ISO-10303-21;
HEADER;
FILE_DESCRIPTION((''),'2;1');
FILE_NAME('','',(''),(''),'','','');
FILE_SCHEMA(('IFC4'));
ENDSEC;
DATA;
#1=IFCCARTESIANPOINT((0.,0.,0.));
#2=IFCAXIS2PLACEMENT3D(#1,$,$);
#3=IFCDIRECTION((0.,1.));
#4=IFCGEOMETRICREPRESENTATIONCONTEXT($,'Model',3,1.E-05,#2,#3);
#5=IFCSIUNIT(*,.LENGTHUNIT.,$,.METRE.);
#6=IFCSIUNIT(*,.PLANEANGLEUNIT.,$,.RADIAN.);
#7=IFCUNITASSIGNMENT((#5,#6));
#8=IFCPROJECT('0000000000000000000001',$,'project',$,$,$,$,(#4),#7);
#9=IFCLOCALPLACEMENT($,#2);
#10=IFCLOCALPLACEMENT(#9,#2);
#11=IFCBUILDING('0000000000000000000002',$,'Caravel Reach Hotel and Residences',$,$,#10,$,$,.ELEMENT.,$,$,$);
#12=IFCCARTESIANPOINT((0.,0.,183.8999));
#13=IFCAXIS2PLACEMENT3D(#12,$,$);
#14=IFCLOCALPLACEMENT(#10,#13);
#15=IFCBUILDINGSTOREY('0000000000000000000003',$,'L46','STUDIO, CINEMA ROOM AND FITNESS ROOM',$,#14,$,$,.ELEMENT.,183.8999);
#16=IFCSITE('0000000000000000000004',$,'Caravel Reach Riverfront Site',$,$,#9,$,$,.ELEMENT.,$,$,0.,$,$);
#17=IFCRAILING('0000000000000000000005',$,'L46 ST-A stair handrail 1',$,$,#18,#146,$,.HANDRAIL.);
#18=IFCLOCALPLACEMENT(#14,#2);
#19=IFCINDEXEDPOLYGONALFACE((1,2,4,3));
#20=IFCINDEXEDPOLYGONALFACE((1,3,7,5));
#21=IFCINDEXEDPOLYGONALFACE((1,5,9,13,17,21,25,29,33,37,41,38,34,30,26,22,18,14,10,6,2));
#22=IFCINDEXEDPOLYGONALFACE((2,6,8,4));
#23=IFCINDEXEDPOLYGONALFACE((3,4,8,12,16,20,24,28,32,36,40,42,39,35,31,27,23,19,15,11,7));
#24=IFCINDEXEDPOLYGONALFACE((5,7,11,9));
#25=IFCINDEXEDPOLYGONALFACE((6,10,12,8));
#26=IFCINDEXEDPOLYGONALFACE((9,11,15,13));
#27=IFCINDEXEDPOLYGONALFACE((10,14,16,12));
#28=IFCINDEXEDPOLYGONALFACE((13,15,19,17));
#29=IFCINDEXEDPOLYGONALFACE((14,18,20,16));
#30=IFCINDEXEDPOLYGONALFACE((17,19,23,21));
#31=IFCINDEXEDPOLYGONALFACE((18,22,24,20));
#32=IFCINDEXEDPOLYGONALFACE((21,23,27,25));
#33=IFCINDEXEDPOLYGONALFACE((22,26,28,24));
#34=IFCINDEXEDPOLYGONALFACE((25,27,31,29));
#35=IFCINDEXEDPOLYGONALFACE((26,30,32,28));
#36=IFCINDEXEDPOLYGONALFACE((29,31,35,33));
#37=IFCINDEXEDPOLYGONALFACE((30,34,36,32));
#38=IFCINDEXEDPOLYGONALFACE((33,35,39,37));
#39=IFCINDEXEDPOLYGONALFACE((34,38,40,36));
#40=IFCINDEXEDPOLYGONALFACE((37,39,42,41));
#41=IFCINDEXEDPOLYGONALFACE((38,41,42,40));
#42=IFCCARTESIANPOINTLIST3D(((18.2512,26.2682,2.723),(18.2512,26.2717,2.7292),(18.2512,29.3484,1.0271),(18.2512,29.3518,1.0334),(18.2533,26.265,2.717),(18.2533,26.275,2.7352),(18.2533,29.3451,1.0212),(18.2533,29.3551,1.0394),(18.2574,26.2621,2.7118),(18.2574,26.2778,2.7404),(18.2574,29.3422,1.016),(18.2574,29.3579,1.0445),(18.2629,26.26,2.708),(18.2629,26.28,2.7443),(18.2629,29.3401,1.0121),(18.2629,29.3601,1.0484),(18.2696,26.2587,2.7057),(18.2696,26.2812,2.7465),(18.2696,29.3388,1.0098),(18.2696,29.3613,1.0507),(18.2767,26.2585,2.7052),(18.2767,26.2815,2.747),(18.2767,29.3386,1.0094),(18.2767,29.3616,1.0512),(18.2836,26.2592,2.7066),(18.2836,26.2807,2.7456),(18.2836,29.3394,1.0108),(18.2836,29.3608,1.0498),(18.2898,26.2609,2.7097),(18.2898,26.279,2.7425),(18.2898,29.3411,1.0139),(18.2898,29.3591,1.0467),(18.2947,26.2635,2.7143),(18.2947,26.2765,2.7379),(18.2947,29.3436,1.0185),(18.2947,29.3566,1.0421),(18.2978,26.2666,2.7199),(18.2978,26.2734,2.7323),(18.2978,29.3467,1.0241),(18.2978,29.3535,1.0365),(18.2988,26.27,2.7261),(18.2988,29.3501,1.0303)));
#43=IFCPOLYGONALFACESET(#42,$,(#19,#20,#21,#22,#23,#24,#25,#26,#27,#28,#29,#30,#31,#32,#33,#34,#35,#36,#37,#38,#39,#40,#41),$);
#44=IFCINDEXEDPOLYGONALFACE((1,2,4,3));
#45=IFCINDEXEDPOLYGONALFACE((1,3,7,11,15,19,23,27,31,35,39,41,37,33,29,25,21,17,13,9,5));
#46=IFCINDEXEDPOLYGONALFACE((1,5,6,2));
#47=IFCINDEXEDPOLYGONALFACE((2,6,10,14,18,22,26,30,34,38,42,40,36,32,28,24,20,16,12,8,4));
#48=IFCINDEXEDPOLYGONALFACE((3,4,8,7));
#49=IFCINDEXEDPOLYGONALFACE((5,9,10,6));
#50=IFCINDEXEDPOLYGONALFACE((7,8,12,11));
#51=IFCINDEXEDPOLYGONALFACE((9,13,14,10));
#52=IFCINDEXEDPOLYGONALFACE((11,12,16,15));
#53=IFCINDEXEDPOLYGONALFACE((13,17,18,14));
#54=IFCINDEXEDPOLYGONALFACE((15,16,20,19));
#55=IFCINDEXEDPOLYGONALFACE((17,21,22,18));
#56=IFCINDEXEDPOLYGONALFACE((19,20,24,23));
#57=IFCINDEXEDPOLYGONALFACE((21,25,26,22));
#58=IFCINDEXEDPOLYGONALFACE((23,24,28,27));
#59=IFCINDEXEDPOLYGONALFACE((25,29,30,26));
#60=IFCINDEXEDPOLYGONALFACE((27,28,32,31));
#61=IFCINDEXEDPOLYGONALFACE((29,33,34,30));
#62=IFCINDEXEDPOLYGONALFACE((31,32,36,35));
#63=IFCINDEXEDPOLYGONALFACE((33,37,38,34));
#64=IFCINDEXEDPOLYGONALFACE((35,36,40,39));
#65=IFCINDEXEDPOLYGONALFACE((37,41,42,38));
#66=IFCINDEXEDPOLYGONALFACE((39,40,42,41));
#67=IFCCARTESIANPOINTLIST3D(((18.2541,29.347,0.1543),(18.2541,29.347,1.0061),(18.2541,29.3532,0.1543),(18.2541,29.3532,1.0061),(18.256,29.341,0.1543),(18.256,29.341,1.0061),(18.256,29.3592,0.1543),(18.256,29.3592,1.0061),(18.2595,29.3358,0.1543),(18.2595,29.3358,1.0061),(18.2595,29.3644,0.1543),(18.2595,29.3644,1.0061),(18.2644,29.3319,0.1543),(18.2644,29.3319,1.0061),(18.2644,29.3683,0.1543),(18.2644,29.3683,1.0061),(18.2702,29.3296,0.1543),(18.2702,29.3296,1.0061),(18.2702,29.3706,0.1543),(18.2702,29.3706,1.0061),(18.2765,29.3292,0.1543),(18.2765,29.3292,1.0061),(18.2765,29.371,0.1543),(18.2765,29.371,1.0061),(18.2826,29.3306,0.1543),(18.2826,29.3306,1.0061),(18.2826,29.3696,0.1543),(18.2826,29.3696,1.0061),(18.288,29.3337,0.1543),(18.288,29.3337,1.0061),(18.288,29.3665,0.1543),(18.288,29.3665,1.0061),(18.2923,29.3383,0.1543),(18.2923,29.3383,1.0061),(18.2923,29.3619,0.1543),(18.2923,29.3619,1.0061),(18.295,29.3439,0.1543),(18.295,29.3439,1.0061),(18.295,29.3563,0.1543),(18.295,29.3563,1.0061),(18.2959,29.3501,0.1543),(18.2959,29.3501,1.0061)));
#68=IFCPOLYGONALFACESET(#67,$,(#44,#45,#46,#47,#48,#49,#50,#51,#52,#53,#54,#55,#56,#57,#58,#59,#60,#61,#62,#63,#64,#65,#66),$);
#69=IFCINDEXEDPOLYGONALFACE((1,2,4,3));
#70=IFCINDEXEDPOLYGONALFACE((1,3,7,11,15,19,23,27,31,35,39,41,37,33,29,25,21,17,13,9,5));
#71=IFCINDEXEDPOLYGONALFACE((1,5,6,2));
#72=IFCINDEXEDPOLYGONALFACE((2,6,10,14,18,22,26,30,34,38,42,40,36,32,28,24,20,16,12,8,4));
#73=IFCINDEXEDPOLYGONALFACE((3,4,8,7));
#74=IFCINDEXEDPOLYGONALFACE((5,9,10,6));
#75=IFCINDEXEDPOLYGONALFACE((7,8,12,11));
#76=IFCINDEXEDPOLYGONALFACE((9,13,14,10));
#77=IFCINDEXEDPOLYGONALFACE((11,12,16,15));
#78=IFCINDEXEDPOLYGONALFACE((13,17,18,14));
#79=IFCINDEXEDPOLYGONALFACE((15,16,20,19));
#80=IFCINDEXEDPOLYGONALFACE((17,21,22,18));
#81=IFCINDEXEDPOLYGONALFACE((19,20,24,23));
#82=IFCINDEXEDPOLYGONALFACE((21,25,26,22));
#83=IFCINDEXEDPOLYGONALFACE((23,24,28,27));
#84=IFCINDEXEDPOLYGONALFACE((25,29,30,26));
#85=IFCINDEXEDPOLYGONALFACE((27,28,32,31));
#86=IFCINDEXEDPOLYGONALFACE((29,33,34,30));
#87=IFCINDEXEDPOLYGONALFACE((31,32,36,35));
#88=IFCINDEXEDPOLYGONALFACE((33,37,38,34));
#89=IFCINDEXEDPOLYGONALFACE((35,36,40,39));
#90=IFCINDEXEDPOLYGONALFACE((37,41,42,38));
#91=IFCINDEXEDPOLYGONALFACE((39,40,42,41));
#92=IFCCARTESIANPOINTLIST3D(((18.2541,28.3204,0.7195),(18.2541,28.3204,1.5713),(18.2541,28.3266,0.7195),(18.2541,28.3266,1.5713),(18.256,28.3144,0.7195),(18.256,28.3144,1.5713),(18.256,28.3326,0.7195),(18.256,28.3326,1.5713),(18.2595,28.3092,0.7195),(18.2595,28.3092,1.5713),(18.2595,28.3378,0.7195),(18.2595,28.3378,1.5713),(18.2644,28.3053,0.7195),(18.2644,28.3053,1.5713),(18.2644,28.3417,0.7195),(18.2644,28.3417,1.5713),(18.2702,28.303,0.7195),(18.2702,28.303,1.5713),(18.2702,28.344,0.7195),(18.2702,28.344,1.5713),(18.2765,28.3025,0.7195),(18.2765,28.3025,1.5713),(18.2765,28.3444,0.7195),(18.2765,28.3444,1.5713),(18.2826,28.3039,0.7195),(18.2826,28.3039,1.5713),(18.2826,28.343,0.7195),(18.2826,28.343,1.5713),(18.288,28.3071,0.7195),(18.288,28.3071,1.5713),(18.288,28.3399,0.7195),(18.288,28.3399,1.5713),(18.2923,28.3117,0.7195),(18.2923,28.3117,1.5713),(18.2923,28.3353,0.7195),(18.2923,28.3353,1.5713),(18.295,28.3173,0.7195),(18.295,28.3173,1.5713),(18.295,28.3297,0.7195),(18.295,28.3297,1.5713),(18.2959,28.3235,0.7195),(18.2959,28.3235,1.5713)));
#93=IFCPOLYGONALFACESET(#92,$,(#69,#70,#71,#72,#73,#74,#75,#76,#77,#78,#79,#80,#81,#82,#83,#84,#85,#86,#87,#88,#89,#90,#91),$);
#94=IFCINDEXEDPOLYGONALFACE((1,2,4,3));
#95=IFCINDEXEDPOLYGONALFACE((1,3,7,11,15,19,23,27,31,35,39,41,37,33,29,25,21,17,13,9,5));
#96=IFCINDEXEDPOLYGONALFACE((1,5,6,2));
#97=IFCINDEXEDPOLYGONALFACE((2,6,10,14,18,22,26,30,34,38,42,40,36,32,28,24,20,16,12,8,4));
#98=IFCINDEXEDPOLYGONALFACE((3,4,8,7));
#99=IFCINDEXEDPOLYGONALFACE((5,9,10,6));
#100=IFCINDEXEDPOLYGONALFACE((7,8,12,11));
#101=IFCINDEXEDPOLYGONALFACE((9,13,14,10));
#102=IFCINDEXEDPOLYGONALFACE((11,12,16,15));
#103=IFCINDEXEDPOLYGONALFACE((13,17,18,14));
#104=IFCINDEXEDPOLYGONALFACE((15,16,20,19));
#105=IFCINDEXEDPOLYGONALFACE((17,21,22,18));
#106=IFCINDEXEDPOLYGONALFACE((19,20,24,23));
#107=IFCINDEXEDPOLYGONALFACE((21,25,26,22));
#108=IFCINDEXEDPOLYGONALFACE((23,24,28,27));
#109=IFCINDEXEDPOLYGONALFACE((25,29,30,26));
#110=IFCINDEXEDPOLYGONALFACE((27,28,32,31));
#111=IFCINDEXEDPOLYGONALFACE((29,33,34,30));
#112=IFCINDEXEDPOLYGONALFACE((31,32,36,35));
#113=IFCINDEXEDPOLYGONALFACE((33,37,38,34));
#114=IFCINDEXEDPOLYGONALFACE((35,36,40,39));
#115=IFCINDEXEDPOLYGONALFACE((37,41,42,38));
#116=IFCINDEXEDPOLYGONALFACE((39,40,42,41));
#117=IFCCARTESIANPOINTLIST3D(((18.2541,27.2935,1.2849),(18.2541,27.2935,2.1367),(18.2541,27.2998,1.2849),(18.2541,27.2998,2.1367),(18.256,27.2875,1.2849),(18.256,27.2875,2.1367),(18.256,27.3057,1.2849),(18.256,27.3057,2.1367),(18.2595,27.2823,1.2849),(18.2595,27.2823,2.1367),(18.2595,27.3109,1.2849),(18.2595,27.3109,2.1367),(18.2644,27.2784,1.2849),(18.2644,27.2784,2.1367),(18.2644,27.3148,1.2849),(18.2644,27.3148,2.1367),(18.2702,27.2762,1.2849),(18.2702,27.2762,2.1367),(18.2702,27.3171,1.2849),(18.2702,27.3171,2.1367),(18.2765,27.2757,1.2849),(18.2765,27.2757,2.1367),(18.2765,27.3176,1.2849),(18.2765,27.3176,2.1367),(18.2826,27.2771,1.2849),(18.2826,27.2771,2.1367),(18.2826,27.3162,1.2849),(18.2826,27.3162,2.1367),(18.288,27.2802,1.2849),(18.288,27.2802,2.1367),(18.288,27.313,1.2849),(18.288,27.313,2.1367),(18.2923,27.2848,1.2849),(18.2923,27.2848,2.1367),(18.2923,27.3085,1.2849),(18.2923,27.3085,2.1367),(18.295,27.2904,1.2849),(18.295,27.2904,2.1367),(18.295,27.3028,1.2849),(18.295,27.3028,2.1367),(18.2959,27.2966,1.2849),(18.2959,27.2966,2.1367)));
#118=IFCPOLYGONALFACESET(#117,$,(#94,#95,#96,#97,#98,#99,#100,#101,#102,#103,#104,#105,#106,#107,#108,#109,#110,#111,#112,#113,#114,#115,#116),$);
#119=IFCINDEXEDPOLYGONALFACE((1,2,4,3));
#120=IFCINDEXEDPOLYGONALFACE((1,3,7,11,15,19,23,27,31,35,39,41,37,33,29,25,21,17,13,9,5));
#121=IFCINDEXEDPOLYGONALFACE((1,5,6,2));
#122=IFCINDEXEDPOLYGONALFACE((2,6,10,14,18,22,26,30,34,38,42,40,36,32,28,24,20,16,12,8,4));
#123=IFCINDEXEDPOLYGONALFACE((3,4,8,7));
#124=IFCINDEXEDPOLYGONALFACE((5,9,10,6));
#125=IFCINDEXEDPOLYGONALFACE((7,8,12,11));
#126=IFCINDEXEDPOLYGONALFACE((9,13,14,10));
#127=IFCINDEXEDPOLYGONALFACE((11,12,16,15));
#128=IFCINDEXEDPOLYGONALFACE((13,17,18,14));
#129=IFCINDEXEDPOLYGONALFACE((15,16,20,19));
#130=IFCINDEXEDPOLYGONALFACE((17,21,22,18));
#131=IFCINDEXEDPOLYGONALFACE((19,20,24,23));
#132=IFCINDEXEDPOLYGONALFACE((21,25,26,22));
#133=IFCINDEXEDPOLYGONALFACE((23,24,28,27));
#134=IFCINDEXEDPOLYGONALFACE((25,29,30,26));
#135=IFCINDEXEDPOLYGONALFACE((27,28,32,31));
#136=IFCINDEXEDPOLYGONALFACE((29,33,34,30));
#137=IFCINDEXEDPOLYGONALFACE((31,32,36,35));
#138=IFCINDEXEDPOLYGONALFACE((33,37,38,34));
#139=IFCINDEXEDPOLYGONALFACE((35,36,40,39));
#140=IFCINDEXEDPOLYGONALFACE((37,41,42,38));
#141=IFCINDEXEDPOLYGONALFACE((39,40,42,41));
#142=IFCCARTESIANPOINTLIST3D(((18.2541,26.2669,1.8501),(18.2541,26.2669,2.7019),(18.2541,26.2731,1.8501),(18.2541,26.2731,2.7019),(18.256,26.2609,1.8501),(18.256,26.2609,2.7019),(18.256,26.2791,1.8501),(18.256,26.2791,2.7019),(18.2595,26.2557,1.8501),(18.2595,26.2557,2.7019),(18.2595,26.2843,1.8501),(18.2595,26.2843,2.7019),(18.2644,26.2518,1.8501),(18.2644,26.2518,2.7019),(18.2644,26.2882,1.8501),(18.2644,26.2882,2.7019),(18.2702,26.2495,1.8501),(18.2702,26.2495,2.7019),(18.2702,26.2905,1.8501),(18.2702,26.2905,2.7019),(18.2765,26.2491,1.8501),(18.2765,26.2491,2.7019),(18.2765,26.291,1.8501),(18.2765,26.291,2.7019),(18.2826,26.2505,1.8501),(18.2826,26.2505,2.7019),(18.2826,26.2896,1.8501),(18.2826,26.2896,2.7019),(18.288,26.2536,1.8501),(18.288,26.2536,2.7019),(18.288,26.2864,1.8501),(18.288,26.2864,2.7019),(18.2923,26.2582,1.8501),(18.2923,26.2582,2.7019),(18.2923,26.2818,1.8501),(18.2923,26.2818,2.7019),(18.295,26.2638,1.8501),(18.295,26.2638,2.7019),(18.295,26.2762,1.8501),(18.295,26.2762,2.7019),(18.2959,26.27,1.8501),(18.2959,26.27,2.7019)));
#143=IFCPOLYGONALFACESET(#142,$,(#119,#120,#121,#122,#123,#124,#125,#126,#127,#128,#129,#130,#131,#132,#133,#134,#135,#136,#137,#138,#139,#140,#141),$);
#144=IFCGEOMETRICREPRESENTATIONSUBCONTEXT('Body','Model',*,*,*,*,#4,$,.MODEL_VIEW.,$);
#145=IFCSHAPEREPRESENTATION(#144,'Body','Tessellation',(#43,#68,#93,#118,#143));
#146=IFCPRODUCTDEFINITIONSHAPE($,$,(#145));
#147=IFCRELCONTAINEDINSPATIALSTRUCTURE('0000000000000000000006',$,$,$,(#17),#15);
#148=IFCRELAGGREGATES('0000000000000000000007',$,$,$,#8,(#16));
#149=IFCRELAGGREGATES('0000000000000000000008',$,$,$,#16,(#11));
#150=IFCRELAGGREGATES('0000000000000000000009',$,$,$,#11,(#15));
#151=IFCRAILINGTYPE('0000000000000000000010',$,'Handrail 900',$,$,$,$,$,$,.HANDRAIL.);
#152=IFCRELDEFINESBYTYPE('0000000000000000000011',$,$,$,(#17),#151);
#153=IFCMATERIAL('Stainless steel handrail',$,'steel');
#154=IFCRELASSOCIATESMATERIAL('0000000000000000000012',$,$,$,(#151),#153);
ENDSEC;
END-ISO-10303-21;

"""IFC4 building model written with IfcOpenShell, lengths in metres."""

from ifc_helpers import new_model, si_unit, direction, frame, origin, origin_2d, place, context, subcontext, project, spatial, circle, extrude, material, type_object, element, save


model = new_model("IFC4")

# Units and contexts
model_context = context("Model", 3, precision=1e-05, world=origin(), true_north=direction((0.0, 1.0)))
body_context = subcontext(model_context, "Body", "Model", "MODEL_VIEW")
ifc_project = project(units=[si_unit("LENGTHUNIT", "METRE"), si_unit("PLANEANGLEUNIT", "RADIAN")], contexts=[model_context])

# Site, building, storey
site_placement = place(None, origin())
site = spatial("IfcSite", under=ifc_project, at=site_placement, Name="Caravel Reach Riverfront Site", CompositionType="ELEMENT", RefElevation=0.0)
building_placement = place(site_placement, origin())
building = spatial("IfcBuilding", under=site, at=building_placement, Name="Caravel Reach Hotel and Residences", CompositionType="ELEMENT")
storey_placement = place(building_placement, frame((0.0, 0.0, 183.8999)))
storey = spatial("IfcBuildingStorey", under=building, at=storey_placement, Name="L46", Description="STUDIO, CINEMA ROOM AND FITNESS ROOM", CompositionType="ELEMENT", Elevation=183.8999)

# Railing
ifc_material_1 = material(Name="Stainless steel handrail", Category="steel")
railing_type_1 = type_object("IfcRailingType", Name="Handrail 900", PredefinedType="HANDRAIL", material=ifc_material_1)
railing_1_placement = place(storey_placement, frame((18.2749, 29.3501, 0.1543)))
element("IfcRailing", 1, at=railing_1_placement, inside=storey, type_object=railing_type_1, Name="L46 ST-A stair handrail 1", PredefinedType="HANDRAIL", context=body_context, shape_type="SweptSolid", body=[
    extrude(circle(Radius=0.0239, at=origin_2d()), frame((0.0, 0.0, 0.876), z_axis=(0.0, -0.876005, 0.482303), x_axis=(1.0, 0.0, 0.0)), (0.0, 0.0, 1.0), 3.5161),
    extrude(circle(Radius=0.021, at=origin_2d()), origin(), (0.0, 0.0, 1.0), 0.8518),
    extrude(circle(Radius=0.021, at=origin_2d()), frame((0.0, -1.0266, 0.5652)), (0.0, 0.0, 1.0), 0.8518),
    extrude(circle(Radius=0.021, at=origin_2d()), frame((0.0, -2.0535, 1.1306)), (0.0, 0.0, 1.0), 0.8518),
    extrude(circle(Radius=0.021, at=origin_2d()), frame((0.0, -3.0801, 1.6958)), (0.0, 0.0, 1.0), 0.8518),
])

save(model, "model.ifc")
